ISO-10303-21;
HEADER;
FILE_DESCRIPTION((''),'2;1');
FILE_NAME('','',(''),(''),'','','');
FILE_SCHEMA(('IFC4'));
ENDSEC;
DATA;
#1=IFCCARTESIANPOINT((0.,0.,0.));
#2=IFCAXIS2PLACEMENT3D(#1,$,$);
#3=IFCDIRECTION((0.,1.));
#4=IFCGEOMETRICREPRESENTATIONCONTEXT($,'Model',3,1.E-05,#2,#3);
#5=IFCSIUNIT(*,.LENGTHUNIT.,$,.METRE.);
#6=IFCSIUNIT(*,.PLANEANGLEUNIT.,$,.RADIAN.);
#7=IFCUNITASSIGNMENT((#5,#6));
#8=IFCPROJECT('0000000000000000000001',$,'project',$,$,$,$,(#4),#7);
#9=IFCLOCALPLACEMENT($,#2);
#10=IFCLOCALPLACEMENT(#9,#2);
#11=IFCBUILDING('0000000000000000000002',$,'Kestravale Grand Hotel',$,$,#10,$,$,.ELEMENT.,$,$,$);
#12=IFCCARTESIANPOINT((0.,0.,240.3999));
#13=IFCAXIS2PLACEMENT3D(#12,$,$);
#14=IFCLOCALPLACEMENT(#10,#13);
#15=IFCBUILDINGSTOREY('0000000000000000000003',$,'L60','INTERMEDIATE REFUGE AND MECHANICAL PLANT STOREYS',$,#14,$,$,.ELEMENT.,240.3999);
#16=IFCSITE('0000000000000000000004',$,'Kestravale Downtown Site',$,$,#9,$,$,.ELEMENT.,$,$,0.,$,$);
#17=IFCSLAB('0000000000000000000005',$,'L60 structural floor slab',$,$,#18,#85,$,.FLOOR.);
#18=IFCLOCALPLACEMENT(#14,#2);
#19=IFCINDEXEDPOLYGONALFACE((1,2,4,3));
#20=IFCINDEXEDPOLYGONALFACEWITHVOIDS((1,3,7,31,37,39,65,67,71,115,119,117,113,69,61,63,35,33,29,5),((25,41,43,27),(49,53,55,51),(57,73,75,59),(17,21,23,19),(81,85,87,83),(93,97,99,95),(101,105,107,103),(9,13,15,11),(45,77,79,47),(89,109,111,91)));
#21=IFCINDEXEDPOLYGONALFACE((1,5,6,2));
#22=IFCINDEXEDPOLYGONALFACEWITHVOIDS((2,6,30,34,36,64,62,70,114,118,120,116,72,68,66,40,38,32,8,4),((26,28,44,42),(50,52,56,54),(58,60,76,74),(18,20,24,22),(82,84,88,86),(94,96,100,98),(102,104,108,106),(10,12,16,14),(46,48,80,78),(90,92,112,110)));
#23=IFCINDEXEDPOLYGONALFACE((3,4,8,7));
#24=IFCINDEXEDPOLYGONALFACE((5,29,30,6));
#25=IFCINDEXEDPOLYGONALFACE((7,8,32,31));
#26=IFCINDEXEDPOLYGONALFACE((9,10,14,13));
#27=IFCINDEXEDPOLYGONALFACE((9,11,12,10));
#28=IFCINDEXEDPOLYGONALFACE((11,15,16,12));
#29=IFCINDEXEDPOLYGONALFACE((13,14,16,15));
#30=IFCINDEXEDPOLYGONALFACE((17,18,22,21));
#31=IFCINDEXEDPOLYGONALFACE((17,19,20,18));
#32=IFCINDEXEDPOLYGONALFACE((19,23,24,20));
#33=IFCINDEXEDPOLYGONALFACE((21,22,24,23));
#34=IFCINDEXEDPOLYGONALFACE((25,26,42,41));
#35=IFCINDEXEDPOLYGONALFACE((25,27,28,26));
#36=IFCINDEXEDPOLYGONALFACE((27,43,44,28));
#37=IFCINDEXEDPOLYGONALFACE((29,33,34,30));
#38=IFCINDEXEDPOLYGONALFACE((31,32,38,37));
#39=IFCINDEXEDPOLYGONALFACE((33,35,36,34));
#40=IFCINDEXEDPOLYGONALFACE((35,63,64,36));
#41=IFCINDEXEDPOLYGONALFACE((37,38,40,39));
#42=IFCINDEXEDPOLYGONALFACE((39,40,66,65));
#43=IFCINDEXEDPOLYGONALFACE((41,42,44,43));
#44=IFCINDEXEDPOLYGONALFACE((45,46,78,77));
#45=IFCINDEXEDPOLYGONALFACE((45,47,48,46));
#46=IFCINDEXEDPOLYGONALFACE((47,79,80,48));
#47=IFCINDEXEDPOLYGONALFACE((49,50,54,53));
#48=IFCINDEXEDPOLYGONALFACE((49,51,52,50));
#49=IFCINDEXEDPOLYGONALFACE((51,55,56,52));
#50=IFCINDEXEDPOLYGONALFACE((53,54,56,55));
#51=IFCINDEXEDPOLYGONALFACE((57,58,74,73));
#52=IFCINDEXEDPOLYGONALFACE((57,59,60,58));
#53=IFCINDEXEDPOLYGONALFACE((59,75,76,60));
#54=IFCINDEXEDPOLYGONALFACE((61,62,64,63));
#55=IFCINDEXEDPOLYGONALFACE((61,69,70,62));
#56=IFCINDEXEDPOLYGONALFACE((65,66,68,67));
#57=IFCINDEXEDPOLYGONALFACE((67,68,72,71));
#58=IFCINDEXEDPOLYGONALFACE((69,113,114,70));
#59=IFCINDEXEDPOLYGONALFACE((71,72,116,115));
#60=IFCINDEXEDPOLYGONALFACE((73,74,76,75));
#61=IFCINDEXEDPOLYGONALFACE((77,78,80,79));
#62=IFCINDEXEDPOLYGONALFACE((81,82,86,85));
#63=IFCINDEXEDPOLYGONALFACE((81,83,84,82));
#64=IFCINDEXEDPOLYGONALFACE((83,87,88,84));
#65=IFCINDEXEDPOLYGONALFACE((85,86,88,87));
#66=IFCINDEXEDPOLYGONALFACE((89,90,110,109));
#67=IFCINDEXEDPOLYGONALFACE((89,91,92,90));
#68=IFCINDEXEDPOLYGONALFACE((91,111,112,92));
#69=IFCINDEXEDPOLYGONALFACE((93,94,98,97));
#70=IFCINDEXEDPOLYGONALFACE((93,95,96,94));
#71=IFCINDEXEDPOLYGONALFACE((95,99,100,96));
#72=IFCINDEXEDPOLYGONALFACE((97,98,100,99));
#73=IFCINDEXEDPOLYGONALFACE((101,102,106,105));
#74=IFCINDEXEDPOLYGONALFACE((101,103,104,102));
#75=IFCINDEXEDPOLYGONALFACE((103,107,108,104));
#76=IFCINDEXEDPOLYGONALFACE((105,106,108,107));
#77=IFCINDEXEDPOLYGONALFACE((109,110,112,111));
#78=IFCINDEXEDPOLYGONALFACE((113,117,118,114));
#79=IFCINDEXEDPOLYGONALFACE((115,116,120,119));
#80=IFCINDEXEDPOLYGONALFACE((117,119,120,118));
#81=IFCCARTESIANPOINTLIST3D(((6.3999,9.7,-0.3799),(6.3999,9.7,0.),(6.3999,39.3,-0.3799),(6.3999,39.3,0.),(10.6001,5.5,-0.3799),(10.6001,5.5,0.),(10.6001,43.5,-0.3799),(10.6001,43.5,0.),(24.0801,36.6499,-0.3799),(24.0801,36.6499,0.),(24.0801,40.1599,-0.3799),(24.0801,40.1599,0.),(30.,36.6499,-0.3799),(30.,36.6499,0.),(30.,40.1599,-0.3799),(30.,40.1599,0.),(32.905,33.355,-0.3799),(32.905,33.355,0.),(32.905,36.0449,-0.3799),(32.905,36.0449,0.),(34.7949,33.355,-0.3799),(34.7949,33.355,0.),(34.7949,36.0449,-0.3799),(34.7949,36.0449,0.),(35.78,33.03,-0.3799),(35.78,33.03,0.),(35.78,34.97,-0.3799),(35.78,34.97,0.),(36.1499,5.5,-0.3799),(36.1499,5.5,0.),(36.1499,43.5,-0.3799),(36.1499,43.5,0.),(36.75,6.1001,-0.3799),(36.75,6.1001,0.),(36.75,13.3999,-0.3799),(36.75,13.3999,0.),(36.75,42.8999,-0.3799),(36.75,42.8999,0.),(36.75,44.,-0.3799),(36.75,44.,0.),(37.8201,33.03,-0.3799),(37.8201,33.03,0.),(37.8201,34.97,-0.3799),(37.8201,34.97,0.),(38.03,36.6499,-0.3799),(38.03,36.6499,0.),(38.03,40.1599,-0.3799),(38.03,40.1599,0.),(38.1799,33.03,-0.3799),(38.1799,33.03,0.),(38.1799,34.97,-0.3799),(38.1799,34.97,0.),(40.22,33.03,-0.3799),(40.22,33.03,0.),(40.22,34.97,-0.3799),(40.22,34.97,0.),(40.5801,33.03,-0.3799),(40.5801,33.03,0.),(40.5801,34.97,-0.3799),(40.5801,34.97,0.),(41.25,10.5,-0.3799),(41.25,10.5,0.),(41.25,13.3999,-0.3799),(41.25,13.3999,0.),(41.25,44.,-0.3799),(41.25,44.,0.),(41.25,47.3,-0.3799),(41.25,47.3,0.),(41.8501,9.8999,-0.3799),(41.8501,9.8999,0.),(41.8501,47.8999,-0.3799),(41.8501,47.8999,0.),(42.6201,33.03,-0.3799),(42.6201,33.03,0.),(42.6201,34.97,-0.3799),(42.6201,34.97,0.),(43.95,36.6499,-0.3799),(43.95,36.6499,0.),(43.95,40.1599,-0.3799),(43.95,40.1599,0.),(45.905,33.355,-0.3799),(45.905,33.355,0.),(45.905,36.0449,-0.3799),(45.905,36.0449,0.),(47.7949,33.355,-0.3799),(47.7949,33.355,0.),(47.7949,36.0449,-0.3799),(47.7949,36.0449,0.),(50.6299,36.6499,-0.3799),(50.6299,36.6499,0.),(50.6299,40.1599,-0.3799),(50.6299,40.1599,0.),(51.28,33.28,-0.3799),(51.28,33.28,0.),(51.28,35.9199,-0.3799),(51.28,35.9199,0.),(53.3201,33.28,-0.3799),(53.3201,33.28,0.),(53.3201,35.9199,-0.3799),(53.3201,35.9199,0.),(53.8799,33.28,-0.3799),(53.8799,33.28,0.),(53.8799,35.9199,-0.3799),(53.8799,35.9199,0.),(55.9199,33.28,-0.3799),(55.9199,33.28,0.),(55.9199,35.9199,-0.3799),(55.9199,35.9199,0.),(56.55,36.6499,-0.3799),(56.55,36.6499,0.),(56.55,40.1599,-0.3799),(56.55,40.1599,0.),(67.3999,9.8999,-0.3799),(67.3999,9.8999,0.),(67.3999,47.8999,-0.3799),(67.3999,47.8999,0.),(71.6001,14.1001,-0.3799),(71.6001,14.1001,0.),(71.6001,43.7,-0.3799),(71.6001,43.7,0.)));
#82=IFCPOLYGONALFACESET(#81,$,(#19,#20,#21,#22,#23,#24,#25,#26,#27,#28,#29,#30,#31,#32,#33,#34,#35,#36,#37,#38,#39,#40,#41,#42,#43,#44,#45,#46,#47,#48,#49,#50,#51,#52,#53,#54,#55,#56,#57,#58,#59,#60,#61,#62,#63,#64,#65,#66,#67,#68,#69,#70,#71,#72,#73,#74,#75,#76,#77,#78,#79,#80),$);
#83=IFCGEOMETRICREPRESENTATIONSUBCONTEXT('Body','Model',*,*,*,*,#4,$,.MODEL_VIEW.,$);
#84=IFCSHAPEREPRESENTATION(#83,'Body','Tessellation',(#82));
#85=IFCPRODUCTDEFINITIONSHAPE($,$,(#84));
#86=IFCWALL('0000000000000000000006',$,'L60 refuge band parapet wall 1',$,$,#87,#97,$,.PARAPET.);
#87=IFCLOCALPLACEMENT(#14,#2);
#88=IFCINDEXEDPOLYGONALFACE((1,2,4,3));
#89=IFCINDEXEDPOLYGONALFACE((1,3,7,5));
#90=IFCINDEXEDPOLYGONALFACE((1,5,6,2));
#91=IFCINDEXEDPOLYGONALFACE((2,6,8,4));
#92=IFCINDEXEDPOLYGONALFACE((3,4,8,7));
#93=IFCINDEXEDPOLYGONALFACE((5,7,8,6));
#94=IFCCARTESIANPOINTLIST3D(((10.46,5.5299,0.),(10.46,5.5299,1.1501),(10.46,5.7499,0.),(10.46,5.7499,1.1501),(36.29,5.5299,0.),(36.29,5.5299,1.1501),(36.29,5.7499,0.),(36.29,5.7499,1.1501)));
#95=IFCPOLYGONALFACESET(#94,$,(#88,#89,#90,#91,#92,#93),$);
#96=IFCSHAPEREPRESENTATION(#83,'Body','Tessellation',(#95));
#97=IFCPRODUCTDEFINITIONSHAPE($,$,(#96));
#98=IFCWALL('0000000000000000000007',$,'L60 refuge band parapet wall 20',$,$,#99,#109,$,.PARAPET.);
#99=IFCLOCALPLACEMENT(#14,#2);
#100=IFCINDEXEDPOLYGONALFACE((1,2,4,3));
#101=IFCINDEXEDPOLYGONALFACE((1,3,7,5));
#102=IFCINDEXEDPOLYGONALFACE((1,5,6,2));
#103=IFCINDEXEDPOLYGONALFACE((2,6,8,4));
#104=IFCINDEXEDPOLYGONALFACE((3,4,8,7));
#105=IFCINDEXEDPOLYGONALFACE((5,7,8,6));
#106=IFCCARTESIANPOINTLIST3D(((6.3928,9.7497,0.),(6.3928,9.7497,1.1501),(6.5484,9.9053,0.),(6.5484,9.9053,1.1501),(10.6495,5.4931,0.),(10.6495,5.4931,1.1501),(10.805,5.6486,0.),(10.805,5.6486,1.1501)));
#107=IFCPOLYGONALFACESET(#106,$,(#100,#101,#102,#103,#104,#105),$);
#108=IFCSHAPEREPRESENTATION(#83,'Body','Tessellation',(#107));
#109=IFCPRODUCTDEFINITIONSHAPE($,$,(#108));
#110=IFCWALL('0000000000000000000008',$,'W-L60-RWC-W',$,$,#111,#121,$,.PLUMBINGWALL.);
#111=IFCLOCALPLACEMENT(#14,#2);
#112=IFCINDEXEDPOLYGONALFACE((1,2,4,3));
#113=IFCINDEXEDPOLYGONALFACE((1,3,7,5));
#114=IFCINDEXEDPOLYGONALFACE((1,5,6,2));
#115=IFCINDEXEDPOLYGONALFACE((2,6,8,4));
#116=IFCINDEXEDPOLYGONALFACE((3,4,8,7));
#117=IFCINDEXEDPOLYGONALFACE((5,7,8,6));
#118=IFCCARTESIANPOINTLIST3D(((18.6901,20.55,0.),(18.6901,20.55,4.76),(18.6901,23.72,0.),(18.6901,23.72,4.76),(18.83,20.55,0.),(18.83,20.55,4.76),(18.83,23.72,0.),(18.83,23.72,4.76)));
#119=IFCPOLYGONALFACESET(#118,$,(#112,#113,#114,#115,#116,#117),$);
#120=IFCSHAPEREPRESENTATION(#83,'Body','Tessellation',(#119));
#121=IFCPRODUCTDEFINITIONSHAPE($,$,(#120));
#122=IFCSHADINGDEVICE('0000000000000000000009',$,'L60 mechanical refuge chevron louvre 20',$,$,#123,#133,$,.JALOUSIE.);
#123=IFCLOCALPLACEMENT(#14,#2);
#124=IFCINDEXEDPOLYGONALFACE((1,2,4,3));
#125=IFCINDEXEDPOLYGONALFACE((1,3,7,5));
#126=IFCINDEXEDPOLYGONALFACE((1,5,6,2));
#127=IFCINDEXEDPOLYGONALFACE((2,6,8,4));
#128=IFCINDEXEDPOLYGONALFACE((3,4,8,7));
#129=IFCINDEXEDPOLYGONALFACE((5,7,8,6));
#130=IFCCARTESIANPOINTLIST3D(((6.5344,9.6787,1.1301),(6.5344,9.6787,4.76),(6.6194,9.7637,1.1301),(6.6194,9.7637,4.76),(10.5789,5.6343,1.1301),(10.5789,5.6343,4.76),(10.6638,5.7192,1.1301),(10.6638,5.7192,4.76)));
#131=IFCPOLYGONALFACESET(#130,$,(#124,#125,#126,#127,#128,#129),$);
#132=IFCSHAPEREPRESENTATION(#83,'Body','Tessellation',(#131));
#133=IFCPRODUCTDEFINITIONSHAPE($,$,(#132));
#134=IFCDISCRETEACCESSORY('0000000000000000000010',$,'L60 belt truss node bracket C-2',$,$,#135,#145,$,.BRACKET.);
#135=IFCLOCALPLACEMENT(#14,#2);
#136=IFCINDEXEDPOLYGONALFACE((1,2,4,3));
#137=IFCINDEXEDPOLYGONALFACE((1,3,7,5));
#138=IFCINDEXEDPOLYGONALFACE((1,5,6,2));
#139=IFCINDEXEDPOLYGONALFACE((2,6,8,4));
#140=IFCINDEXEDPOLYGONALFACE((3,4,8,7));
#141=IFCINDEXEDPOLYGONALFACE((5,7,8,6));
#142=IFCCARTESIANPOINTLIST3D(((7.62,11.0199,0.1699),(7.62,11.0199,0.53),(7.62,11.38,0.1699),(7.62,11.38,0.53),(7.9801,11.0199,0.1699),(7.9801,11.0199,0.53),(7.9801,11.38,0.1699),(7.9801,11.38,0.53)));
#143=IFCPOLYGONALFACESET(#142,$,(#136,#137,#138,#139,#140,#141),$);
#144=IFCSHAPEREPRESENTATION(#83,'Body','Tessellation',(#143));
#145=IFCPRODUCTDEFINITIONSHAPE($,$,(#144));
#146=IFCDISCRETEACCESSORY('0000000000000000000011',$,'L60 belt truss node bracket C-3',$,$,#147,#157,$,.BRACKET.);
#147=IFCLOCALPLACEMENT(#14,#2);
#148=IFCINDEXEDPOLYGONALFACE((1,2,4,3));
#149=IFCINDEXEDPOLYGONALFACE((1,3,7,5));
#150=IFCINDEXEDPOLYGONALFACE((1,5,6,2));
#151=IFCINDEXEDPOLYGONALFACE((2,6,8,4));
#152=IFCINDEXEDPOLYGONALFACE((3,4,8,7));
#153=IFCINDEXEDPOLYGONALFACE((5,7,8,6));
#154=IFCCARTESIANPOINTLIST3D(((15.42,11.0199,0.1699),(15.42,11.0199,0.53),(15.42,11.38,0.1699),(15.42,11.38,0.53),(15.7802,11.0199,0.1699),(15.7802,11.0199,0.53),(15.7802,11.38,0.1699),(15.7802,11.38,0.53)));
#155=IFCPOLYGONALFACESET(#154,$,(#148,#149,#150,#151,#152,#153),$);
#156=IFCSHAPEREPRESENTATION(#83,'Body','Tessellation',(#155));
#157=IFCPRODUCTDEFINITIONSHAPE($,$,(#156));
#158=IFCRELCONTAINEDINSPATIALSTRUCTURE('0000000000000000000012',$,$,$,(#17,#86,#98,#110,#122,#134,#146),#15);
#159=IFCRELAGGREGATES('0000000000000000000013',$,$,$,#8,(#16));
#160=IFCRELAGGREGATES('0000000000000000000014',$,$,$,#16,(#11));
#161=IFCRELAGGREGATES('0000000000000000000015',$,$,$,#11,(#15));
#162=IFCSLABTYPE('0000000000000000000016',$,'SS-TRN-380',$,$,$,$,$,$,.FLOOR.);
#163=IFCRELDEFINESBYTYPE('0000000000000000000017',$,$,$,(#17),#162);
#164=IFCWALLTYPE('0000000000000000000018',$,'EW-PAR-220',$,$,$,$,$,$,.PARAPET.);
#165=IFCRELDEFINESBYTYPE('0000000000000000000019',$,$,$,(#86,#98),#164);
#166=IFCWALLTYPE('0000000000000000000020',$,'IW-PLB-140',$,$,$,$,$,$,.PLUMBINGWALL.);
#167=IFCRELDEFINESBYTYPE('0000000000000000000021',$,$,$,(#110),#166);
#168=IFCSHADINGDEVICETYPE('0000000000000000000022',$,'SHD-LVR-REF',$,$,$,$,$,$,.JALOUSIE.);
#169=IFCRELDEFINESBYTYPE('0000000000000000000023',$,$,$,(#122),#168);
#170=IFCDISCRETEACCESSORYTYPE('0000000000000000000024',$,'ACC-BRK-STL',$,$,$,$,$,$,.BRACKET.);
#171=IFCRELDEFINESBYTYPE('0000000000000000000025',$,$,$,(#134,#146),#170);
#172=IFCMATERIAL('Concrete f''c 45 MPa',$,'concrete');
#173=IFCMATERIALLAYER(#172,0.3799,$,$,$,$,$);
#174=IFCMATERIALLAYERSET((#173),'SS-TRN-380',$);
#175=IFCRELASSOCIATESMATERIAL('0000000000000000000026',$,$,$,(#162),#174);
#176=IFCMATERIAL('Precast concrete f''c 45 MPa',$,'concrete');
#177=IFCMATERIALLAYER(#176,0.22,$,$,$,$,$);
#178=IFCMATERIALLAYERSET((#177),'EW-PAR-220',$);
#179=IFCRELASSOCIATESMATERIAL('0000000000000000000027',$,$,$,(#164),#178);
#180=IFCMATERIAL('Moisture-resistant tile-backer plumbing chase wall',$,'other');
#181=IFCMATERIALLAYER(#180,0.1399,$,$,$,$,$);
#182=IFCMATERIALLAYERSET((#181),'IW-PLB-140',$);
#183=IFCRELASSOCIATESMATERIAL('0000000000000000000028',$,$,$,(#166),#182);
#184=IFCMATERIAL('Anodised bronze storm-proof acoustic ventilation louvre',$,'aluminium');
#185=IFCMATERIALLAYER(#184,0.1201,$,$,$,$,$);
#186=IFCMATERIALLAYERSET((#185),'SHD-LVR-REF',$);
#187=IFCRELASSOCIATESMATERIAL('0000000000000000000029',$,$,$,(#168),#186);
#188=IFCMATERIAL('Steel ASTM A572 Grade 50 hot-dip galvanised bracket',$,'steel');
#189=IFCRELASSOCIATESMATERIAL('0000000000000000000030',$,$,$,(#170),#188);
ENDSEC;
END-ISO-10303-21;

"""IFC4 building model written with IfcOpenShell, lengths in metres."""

from ifc_helpers import new_model, si_unit, direction, frame, frame_2d, origin, origin_2d, place, context, subcontext, project, spatial, polyline, rectangle, outline, extrude, material, layer, layer_set, type_object, element, save


model = new_model("IFC4")

# Units and contexts
model_context = context("Model", 3, precision=1e-05, world=origin(), true_north=direction((0.0, 1.0)))
body_context = subcontext(model_context, "Body", "Model", "MODEL_VIEW")
ifc_project = project(units=[si_unit("LENGTHUNIT", "METRE"), si_unit("PLANEANGLEUNIT", "RADIAN")], contexts=[model_context])

# Site, building, storey
site_placement = place(None, origin())
site = spatial("IfcSite", under=ifc_project, at=site_placement, Name="Kestravale Downtown Site", CompositionType="ELEMENT", RefElevation=0.0)
building_placement = place(site_placement, origin())
building = spatial("IfcBuilding", under=site, at=building_placement, Name="Kestravale Grand Hotel", CompositionType="ELEMENT")
storey_placement = place(building_placement, frame((0.0, 0.0, 240.3999)))
storey = spatial("IfcBuildingStorey", under=building, at=storey_placement, Name="L60", Description="INTERMEDIATE REFUGE AND MECHANICAL PLANT STOREYS", CompositionType="ELEMENT", Elevation=240.3999)

# Slab
ifc_material_1 = material(Name="Concrete f'c 45 MPa", Category="concrete")
ifc_layer_1 = layer(ifc_material_1, 0.3799)
ifc_layer_set_1 = layer_set([ifc_layer_1], Name="SS-TRN-380")
slab_type_1 = type_object("IfcSlabType", Name="SS-TRN-380", PredefinedType="FLOOR", material=ifc_layer_set_1)
slab_1_placement = place(storey_placement, frame((0.0, 0.0, -0.3799)))
element("IfcSlab", 1, at=slab_1_placement, inside=storey, type_object=slab_type_1, Name="L60 structural floor slab", PredefinedType="FLOOR", context=body_context, shape_type="SweptSolid", body=[
    extrude(outline(polyline([(10.6001, 5.5), (36.1499, 5.5), (36.75, 6.1001), (36.75, 13.3999), (41.25, 13.3999), (41.25, 10.5), (41.8501, 9.8999), (67.3999, 9.8999), (71.6001, 14.1001), (71.6001, 43.7), (67.3999, 47.8999), (41.8501, 47.8999), (41.25, 47.3), (41.25, 44.0), (36.75, 44.0), (36.75, 42.8999), (36.1499, 43.5), (10.6001, 43.5), (6.3999, 39.3), (6.3999, 9.7), (10.6001, 5.5)]), holes=[polyline([(24.0801, 36.6499), (30.0, 36.6499), (30.0, 40.1599), (24.0801, 40.1599), (24.0801, 36.6499)]), polyline([(38.03, 36.6499), (43.95, 36.6499), (43.95, 40.1599), (38.03, 40.1599), (38.03, 36.6499)]), polyline([(50.6299, 36.6499), (56.55, 36.6499), (56.55, 40.1599), (50.6299, 40.1599), (50.6299, 36.6499)]), polyline([(35.78, 33.03), (37.8201, 33.03), (37.8201, 34.97), (35.78, 34.97), (35.78, 33.03)]), polyline([(38.1799, 33.03), (40.22, 33.03), (40.22, 34.97), (38.1799, 34.97), (38.1799, 33.03)]), polyline([(40.5801, 33.03), (42.6201, 33.03), (42.6201, 34.97), (40.5801, 34.97), (40.5801, 33.03)]), polyline([(32.905, 33.355), (34.7949, 33.355), (34.7949, 36.0449), (32.905, 36.0449), (32.905, 33.355)]), polyline([(45.905, 33.355), (47.7949, 33.355), (47.7949, 36.0449), (45.905, 36.0449), (45.905, 33.355)]), polyline([(51.28, 33.28), (53.3201, 33.28), (53.3201, 35.9199), (51.28, 35.9199), (51.28, 33.28)]), polyline([(53.8799, 33.28), (55.9199, 33.28), (55.9199, 35.9199), (53.8799, 35.9199), (53.8799, 33.28)])]), origin(), (0.0, 0.0, 1.0), 0.3799),
])

# Walls
ifc_material_2 = material(Name="Precast concrete f'c 45 MPa", Category="concrete")
ifc_layer_2 = layer(ifc_material_2, 0.22)
ifc_layer_set_2 = layer_set([ifc_layer_2], Name="EW-PAR-220")
wall_type_1 = type_object("IfcWallType", Name="EW-PAR-220", PredefinedType="PARAPET", material=ifc_layer_set_2)
wall_1_placement = place(storey_placement, frame((10.46, 5.6399, 0.0), z_axis=(0.0, 0.0, 1.0), x_axis=(1.0, 0.0, 0.0)))
element("IfcWall", 2, at=wall_1_placement, inside=storey, type_object=wall_type_1, Name="L60 refuge band parapet wall 1", PredefinedType="PARAPET", context=body_context, shape_type="SweptSolid", body=[
    extrude(rectangle(XDim=25.8301, YDim=0.22, at=frame_2d((12.915, 0.0))), origin(), (0.0, 0.0, 1.0), 1.1501),
])
wall_2_placement = place(storey_placement, frame((6.4707, 9.8274, 0.0), z_axis=(0.0, 0.0, 1.0), x_axis=(0.707107, -0.707107, 0.0)))
element("IfcWall", 3, at=wall_2_placement, inside=storey, type_object=wall_type_1, Name="L60 refuge band parapet wall 20", PredefinedType="PARAPET", context=body_context, shape_type="SweptSolid", body=[
    extrude(rectangle(XDim=6.0198, YDim=0.22, at=frame_2d((3.0098, 0.0))), origin(), (0.0, 0.0, 1.0), 1.1501),
])
ifc_material_3 = material(Name="Moisture-resistant tile-backer plumbing chase wall", Category="other")
ifc_layer_3 = layer(ifc_material_3, 0.1399)
ifc_layer_set_3 = layer_set([ifc_layer_3], Name="IW-PLB-140")
wall_type_2 = type_object("IfcWallType", Name="IW-PLB-140", PredefinedType="PLUMBINGWALL", material=ifc_layer_set_3)
wall_3_placement = place(storey_placement, frame((18.76, 20.55, 0.0), z_axis=(0.0, 0.0, 1.0), x_axis=(0.0, 1.0, 0.0)))
element("IfcWall", 4, at=wall_3_placement, inside=storey, type_object=wall_type_2, Name="W-L60-RWC-W", PredefinedType="PLUMBINGWALL", context=body_context, shape_type="SweptSolid", body=[
    extrude(rectangle(XDim=3.1699, YDim=0.1399, at=frame_2d((1.585, 0.0))), origin(), (0.0, 0.0, 1.0), 4.76),
])

# Shading device
ifc_material_4 = material(Name="Anodised bronze storm-proof acoustic ventilation louvre", Category="aluminium")
ifc_layer_4 = layer(ifc_material_4, 0.1201)
ifc_layer_set_4 = layer_set([ifc_layer_4], Name="SHD-LVR-REF")
shading_device_type = type_object("IfcShadingDeviceType", Name="SHD-LVR-REF", PredefinedType="JALOUSIE", material=ifc_layer_set_4)
shading_device_placement = place(storey_placement, frame((8.5991, 7.699, 1.1301), z_axis=(0.0, 0.0, 1.0), x_axis=(0.707107, -0.707107, 0.0)))
element("IfcShadingDevice", 5, at=shading_device_placement, inside=storey, type_object=shading_device_type, Name="L60 mechanical refuge chevron louvre 20", PredefinedType="JALOUSIE", context=body_context, shape_type="SweptSolid", body=[
    extrude(rectangle(XDim=5.7197, YDim=0.1201, at=origin_2d()), origin(), (0.0, 0.0, 1.0), 3.6299),
])

# Discrete accessories
ifc_material_5 = material(Name="Steel ASTM A572 Grade 50 hot-dip galvanised bracket", Category="steel")
discrete_accessory_type = type_object("IfcDiscreteAccessoryType", Name="ACC-BRK-STL", PredefinedType="BRACKET", material=ifc_material_5)
for number, where, z_axis, x_axis, name in (
    (6, (7.8, 11.2, 0.1699), (0.0, 0.0, 1.0), (1.0, 0.0, 0.0), "L60 belt truss node bracket C-2"),
    (7, (15.6001, 11.2, 0.1699), (0.0, 0.0, 1.0), (1.0, 0.0, 0.0), "L60 belt truss node bracket C-3"),
):
    element("IfcDiscreteAccessory", number, at=place(storey_placement, frame(where, z_axis=z_axis, x_axis=x_axis)), inside=storey, type_object=discrete_accessory_type, Name=name, PredefinedType="BRACKET", context=body_context, shape_type="SweptSolid", body=[
        extrude(rectangle(XDim=0.3601, YDim=0.3601, at=origin_2d()), origin(), (0.0, 0.0, 1.0), 0.3601),
    ])

save(model, "model.ifc")
